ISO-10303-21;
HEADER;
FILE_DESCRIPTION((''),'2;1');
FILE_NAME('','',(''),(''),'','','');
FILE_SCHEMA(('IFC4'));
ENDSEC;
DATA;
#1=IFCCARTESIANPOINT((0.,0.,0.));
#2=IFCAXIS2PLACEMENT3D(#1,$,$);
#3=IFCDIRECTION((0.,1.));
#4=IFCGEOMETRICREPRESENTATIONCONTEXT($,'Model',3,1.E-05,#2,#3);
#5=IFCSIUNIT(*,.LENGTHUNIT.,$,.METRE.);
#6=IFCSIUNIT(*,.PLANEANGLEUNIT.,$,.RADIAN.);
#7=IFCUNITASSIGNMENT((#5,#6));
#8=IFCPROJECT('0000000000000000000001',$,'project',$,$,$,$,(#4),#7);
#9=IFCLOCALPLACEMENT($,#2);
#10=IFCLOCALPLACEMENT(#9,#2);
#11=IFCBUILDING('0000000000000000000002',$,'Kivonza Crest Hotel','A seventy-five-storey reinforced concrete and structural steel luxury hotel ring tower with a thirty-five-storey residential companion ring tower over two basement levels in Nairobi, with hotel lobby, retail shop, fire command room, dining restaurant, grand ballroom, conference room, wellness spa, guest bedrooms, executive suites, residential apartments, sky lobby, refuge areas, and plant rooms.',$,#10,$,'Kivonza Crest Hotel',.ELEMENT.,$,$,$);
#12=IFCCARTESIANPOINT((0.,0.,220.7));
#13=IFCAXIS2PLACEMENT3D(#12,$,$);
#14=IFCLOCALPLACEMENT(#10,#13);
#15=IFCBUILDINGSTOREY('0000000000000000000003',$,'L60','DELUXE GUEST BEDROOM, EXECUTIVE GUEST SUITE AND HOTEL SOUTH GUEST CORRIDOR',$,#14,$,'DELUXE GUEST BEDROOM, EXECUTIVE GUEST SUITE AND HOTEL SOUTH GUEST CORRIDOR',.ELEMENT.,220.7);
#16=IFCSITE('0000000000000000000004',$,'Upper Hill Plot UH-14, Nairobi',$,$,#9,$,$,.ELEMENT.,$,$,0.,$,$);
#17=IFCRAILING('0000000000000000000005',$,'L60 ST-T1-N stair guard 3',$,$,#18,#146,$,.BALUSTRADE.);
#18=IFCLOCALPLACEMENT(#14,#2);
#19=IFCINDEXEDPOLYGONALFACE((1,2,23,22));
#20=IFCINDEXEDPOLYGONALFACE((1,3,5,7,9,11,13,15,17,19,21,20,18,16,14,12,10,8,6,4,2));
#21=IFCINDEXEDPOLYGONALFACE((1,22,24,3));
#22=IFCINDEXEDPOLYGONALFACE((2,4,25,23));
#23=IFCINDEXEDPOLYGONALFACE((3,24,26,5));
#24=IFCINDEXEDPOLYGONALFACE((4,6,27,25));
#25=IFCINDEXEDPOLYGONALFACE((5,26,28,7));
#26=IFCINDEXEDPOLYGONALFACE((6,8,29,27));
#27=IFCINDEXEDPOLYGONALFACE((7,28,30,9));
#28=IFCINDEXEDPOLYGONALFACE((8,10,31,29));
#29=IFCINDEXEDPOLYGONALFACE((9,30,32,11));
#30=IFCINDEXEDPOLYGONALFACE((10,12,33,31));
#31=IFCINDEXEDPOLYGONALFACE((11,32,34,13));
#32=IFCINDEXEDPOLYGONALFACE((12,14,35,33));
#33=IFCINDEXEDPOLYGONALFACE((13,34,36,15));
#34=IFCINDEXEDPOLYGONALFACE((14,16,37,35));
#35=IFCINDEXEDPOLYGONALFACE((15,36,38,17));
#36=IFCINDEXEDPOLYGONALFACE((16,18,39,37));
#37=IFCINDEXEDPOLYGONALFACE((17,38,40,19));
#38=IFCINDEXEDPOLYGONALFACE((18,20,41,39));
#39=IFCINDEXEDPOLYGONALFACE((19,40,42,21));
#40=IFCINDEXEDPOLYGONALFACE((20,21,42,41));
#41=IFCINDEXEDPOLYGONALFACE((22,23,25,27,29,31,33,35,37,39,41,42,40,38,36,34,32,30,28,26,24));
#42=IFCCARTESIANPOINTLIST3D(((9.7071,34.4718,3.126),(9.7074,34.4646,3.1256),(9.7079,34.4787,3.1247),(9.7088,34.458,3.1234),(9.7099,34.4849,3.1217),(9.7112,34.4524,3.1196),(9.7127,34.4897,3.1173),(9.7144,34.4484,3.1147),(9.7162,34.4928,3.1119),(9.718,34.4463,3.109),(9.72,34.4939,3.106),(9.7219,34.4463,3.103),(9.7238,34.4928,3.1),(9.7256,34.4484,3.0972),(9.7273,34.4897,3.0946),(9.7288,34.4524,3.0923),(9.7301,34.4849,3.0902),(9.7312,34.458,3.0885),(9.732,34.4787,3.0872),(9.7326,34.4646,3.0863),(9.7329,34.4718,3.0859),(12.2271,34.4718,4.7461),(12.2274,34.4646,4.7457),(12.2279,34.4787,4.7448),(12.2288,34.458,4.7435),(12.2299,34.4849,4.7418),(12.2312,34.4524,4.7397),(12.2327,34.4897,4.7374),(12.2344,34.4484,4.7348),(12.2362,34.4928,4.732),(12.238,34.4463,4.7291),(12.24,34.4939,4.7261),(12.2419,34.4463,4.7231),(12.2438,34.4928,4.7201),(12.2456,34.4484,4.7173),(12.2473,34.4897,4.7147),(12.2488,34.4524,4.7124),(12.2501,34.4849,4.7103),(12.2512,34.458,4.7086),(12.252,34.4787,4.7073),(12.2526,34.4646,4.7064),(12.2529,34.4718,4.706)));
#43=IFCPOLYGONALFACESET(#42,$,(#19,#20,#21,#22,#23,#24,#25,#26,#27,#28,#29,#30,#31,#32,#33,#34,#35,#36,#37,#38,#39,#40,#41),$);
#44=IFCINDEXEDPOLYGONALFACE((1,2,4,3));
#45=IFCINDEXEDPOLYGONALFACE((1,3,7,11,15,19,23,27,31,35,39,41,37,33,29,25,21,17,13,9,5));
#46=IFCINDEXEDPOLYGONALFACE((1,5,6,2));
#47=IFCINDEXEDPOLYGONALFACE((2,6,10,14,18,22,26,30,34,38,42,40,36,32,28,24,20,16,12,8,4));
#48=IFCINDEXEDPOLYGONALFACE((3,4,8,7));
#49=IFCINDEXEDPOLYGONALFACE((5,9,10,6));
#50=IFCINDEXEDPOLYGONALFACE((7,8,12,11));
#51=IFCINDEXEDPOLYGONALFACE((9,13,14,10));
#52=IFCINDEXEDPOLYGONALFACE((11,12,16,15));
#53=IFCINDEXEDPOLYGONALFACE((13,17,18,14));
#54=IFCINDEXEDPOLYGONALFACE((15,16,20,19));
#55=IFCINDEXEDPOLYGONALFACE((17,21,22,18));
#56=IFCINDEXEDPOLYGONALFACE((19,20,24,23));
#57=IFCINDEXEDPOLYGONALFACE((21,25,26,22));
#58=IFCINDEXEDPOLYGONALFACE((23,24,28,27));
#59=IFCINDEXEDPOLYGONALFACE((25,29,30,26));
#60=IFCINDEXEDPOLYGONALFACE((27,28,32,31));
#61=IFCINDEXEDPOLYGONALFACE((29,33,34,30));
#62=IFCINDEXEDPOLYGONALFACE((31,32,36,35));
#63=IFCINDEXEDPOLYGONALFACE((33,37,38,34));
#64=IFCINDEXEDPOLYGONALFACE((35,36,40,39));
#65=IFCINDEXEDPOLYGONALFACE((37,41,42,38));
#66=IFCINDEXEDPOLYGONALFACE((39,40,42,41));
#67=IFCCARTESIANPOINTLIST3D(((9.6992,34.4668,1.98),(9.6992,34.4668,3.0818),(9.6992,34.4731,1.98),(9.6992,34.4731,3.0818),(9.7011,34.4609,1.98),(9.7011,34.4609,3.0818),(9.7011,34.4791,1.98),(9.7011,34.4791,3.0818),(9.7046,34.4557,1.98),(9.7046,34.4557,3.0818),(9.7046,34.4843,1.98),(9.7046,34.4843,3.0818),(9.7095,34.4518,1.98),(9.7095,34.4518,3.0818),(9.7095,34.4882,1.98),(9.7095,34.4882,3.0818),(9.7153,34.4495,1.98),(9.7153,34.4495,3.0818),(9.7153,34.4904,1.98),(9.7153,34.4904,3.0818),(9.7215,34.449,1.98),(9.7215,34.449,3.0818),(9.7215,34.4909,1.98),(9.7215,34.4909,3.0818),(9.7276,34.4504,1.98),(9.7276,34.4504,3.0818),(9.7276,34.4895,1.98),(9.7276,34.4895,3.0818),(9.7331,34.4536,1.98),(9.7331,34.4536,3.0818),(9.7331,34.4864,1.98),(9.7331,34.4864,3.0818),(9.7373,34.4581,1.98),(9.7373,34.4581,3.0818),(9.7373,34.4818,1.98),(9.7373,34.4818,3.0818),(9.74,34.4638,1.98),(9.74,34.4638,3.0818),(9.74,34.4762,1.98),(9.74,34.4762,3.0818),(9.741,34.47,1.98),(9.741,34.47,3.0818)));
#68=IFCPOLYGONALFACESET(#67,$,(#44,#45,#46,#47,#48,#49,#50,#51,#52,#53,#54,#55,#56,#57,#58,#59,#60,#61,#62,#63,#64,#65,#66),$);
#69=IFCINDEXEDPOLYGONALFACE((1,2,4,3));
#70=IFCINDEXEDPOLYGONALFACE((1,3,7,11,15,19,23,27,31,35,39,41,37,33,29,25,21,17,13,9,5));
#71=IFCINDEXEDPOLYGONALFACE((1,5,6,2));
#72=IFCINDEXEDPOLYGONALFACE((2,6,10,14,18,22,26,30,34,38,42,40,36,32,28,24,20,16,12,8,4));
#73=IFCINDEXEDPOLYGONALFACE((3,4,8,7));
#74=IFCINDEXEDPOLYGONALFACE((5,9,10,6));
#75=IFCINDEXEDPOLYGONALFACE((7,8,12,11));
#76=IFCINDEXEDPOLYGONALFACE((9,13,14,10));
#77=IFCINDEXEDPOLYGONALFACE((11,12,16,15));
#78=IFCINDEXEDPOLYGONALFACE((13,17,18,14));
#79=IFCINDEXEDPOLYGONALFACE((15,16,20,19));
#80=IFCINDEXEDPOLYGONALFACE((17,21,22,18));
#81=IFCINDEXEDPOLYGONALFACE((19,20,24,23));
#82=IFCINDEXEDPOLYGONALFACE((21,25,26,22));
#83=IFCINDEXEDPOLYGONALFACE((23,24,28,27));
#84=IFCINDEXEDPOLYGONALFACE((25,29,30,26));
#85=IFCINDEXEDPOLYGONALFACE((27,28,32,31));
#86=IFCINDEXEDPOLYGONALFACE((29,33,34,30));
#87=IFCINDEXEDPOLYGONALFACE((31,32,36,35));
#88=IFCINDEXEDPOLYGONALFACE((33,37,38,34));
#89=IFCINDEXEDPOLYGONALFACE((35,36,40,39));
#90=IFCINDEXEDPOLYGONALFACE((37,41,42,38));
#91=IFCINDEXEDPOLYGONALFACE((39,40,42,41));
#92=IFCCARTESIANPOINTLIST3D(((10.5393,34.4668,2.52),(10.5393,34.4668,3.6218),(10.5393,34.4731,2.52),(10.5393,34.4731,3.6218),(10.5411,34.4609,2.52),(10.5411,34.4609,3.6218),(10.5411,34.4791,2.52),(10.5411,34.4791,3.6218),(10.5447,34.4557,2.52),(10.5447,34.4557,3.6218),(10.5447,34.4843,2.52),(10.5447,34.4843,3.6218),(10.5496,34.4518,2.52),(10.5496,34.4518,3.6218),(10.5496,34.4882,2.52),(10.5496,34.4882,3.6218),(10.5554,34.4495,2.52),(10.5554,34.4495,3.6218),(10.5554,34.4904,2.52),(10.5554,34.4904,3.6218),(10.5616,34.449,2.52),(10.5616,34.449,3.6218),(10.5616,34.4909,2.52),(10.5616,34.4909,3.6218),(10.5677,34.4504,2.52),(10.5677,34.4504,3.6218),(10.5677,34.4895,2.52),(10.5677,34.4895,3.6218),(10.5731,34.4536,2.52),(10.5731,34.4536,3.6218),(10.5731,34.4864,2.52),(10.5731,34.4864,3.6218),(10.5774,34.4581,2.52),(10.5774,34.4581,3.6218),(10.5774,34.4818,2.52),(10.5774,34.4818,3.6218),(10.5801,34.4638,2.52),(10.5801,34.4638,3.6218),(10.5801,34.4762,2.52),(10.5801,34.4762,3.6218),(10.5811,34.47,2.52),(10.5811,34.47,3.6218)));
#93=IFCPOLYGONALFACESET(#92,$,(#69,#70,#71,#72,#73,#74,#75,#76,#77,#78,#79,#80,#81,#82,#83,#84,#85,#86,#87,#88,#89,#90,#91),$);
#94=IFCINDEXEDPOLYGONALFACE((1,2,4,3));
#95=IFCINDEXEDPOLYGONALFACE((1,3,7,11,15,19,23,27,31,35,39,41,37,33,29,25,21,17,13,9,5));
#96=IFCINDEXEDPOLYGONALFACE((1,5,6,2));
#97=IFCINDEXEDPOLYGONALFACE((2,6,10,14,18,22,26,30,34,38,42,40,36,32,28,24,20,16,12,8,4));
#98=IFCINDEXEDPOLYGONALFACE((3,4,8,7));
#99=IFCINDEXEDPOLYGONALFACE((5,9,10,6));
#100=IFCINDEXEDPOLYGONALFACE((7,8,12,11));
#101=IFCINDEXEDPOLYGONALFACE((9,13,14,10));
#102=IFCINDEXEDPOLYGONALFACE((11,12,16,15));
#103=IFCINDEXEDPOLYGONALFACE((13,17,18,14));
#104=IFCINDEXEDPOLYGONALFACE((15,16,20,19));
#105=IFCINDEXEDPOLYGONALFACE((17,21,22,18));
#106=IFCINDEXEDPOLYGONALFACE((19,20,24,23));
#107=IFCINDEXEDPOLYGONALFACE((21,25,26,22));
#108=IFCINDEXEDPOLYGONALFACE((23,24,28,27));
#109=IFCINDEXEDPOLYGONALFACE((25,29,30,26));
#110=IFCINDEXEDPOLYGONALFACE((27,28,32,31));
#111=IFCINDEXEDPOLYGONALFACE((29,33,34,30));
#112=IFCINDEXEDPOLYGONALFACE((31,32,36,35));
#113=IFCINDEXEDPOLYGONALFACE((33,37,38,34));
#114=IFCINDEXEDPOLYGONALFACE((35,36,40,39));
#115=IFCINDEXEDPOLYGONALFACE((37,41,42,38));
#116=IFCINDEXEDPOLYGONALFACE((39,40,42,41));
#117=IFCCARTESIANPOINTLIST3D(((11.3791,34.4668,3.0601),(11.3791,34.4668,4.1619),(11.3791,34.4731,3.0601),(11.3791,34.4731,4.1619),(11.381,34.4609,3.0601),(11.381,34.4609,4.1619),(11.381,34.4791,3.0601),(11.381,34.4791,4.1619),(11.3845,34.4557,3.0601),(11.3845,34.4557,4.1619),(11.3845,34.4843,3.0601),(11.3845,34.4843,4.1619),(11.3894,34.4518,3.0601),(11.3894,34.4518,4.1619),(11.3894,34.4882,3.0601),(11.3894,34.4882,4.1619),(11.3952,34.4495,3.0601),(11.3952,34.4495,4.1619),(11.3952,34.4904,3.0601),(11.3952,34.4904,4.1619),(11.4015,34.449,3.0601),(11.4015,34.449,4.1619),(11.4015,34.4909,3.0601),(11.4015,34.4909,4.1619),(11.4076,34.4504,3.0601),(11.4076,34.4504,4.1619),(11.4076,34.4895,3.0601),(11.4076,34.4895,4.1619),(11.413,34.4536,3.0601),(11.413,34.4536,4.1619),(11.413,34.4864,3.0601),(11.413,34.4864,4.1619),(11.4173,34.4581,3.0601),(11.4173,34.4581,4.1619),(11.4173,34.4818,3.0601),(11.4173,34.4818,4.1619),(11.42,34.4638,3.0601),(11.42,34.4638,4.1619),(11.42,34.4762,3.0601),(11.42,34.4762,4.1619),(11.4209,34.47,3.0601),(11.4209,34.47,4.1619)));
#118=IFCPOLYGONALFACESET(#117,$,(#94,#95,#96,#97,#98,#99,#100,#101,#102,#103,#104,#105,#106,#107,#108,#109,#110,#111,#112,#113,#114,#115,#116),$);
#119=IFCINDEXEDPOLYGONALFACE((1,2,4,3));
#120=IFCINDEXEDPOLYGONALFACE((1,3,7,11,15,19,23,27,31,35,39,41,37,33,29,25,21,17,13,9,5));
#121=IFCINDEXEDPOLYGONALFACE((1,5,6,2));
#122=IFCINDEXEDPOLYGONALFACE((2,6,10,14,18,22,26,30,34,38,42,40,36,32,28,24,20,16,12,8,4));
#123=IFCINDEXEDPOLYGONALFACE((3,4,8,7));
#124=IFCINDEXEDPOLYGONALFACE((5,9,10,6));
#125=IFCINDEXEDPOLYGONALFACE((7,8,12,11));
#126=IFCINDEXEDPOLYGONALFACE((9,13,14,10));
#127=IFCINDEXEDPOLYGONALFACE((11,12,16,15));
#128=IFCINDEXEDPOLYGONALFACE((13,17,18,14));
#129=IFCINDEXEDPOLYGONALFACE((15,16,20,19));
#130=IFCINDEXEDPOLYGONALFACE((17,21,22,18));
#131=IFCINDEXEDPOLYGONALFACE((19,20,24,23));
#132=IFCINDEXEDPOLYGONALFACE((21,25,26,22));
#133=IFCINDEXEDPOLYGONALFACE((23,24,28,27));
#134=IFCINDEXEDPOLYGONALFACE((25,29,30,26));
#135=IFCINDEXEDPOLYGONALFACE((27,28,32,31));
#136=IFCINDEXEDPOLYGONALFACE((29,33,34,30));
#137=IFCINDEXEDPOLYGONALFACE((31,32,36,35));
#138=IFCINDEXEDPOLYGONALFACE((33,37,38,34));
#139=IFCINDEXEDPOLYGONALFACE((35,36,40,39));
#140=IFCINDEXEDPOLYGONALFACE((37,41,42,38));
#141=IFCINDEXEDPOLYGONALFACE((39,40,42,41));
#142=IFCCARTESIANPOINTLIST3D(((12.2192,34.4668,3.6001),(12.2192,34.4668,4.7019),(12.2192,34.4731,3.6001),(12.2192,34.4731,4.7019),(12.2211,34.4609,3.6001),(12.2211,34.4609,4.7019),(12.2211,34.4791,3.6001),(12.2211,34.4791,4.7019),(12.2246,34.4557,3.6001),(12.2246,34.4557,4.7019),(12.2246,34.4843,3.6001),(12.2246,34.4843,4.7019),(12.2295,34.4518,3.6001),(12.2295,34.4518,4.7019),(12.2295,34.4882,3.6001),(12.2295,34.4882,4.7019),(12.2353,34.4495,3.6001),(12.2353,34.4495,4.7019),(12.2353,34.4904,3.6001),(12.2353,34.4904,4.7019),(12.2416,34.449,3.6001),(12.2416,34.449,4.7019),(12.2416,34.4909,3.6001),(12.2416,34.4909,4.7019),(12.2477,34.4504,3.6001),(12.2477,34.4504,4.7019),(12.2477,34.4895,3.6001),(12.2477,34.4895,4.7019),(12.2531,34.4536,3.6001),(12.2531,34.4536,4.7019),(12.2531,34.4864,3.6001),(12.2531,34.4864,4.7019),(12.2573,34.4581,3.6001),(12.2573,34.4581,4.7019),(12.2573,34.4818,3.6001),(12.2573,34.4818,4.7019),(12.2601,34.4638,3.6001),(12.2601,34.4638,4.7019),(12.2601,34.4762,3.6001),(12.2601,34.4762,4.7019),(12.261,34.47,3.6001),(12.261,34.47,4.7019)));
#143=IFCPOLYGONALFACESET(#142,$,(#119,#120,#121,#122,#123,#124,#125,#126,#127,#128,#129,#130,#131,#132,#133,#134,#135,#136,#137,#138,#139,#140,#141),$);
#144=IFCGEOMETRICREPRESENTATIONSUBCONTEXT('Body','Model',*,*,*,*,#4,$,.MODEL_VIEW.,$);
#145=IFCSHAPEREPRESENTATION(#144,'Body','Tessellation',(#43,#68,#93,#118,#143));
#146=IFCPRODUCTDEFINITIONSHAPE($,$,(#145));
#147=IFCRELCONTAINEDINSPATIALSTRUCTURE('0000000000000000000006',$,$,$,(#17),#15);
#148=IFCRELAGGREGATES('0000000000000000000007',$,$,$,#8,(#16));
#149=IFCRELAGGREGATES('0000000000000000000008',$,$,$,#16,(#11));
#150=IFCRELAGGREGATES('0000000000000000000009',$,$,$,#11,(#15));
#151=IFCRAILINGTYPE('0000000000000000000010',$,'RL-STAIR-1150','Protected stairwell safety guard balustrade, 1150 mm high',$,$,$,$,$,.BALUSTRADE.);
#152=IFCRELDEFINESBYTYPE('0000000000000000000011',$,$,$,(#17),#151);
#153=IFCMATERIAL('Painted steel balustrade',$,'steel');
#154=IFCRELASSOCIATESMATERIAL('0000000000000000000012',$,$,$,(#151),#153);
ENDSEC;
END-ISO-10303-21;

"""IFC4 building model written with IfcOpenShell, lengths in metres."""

from ifc_helpers import new_model, si_unit, direction, frame, origin, origin_2d, place, context, subcontext, project, spatial, circle, extrude, material, type_object, element, save


model = new_model("IFC4")

# Units and contexts
model_context = context("Model", 3, precision=1e-05, world=origin(), true_north=direction((0.0, 1.0)))
body_context = subcontext(model_context, "Body", "Model", "MODEL_VIEW")
ifc_project = project(units=[si_unit("LENGTHUNIT", "METRE"), si_unit("PLANEANGLEUNIT", "RADIAN")], contexts=[model_context])

# Site, building, storey
site_placement = place(None, origin())
site = spatial("IfcSite", under=ifc_project, at=site_placement, Name="Upper Hill Plot UH-14, Nairobi", CompositionType="ELEMENT", RefElevation=0.0)
building_placement = place(site_placement, origin())
building = spatial("IfcBuilding", under=site, at=building_placement, Name="Kivonza Crest Hotel", Description="A seventy-five-storey reinforced concrete and structural steel luxury hotel ring tower with a thirty-five-storey residential companion ring tower over two basement levels in Nairobi, with hotel lobby, retail shop, fire command room, dining restaurant, grand ballroom, conference room, wellness spa, guest bedrooms, executive suites, residential apartments, sky lobby, refuge areas, and plant rooms.", LongName="Kivonza Crest Hotel", CompositionType="ELEMENT")
storey_placement = place(building_placement, frame((0.0, 0.0, 220.7)))
storey = spatial("IfcBuildingStorey", under=building, at=storey_placement, Name="L60", Description="DELUXE GUEST BEDROOM, EXECUTIVE GUEST SUITE AND HOTEL SOUTH GUEST CORRIDOR", LongName="DELUXE GUEST BEDROOM, EXECUTIVE GUEST SUITE AND HOTEL SOUTH GUEST CORRIDOR", CompositionType="ELEMENT", Elevation=220.7)

# Railing
ifc_material_1 = material(Name="Painted steel balustrade", Category="steel")
railing_type_1 = type_object("IfcRailingType", Name="RL-STAIR-1150", Description="Protected stairwell safety guard balustrade, 1150 mm high", PredefinedType="BALUSTRADE", material=ifc_material_1)
railing_1_placement = place(storey_placement, frame((9.72, 34.47, 1.98)))
element("IfcRailing", 1, at=railing_1_placement, inside=storey, type_object=railing_type_1, Name="L60 ST-T1-N stair guard 3", PredefinedType="BALUSTRADE", context=body_context, shape_type="SweptSolid", body=[
    extrude(circle(Radius=0.0239, at=origin_2d()), frame((0.0, 0.0, 1.126), z_axis=(0.841163, 0.0, 0.540782), x_axis=(0.0, 1.0, 0.0)), (0.0, 0.0, 1.0), 2.9958),
    extrude(circle(Radius=0.021, at=origin_2d()), origin(), (0.0, 0.0, 1.0), 1.1018),
    extrude(circle(Radius=0.021, at=origin_2d()), frame((0.8401, 0.0, 0.54)), (0.0, 0.0, 1.0), 1.1018),
    extrude(circle(Radius=0.021, at=origin_2d()), frame((1.6799, 0.0, 1.0801)), (0.0, 0.0, 1.0), 1.1018),
    extrude(circle(Radius=0.021, at=origin_2d()), frame((2.52, 0.0, 1.6201)), (0.0, 0.0, 1.0), 1.1018),
])

save(model, "model.ifc")
